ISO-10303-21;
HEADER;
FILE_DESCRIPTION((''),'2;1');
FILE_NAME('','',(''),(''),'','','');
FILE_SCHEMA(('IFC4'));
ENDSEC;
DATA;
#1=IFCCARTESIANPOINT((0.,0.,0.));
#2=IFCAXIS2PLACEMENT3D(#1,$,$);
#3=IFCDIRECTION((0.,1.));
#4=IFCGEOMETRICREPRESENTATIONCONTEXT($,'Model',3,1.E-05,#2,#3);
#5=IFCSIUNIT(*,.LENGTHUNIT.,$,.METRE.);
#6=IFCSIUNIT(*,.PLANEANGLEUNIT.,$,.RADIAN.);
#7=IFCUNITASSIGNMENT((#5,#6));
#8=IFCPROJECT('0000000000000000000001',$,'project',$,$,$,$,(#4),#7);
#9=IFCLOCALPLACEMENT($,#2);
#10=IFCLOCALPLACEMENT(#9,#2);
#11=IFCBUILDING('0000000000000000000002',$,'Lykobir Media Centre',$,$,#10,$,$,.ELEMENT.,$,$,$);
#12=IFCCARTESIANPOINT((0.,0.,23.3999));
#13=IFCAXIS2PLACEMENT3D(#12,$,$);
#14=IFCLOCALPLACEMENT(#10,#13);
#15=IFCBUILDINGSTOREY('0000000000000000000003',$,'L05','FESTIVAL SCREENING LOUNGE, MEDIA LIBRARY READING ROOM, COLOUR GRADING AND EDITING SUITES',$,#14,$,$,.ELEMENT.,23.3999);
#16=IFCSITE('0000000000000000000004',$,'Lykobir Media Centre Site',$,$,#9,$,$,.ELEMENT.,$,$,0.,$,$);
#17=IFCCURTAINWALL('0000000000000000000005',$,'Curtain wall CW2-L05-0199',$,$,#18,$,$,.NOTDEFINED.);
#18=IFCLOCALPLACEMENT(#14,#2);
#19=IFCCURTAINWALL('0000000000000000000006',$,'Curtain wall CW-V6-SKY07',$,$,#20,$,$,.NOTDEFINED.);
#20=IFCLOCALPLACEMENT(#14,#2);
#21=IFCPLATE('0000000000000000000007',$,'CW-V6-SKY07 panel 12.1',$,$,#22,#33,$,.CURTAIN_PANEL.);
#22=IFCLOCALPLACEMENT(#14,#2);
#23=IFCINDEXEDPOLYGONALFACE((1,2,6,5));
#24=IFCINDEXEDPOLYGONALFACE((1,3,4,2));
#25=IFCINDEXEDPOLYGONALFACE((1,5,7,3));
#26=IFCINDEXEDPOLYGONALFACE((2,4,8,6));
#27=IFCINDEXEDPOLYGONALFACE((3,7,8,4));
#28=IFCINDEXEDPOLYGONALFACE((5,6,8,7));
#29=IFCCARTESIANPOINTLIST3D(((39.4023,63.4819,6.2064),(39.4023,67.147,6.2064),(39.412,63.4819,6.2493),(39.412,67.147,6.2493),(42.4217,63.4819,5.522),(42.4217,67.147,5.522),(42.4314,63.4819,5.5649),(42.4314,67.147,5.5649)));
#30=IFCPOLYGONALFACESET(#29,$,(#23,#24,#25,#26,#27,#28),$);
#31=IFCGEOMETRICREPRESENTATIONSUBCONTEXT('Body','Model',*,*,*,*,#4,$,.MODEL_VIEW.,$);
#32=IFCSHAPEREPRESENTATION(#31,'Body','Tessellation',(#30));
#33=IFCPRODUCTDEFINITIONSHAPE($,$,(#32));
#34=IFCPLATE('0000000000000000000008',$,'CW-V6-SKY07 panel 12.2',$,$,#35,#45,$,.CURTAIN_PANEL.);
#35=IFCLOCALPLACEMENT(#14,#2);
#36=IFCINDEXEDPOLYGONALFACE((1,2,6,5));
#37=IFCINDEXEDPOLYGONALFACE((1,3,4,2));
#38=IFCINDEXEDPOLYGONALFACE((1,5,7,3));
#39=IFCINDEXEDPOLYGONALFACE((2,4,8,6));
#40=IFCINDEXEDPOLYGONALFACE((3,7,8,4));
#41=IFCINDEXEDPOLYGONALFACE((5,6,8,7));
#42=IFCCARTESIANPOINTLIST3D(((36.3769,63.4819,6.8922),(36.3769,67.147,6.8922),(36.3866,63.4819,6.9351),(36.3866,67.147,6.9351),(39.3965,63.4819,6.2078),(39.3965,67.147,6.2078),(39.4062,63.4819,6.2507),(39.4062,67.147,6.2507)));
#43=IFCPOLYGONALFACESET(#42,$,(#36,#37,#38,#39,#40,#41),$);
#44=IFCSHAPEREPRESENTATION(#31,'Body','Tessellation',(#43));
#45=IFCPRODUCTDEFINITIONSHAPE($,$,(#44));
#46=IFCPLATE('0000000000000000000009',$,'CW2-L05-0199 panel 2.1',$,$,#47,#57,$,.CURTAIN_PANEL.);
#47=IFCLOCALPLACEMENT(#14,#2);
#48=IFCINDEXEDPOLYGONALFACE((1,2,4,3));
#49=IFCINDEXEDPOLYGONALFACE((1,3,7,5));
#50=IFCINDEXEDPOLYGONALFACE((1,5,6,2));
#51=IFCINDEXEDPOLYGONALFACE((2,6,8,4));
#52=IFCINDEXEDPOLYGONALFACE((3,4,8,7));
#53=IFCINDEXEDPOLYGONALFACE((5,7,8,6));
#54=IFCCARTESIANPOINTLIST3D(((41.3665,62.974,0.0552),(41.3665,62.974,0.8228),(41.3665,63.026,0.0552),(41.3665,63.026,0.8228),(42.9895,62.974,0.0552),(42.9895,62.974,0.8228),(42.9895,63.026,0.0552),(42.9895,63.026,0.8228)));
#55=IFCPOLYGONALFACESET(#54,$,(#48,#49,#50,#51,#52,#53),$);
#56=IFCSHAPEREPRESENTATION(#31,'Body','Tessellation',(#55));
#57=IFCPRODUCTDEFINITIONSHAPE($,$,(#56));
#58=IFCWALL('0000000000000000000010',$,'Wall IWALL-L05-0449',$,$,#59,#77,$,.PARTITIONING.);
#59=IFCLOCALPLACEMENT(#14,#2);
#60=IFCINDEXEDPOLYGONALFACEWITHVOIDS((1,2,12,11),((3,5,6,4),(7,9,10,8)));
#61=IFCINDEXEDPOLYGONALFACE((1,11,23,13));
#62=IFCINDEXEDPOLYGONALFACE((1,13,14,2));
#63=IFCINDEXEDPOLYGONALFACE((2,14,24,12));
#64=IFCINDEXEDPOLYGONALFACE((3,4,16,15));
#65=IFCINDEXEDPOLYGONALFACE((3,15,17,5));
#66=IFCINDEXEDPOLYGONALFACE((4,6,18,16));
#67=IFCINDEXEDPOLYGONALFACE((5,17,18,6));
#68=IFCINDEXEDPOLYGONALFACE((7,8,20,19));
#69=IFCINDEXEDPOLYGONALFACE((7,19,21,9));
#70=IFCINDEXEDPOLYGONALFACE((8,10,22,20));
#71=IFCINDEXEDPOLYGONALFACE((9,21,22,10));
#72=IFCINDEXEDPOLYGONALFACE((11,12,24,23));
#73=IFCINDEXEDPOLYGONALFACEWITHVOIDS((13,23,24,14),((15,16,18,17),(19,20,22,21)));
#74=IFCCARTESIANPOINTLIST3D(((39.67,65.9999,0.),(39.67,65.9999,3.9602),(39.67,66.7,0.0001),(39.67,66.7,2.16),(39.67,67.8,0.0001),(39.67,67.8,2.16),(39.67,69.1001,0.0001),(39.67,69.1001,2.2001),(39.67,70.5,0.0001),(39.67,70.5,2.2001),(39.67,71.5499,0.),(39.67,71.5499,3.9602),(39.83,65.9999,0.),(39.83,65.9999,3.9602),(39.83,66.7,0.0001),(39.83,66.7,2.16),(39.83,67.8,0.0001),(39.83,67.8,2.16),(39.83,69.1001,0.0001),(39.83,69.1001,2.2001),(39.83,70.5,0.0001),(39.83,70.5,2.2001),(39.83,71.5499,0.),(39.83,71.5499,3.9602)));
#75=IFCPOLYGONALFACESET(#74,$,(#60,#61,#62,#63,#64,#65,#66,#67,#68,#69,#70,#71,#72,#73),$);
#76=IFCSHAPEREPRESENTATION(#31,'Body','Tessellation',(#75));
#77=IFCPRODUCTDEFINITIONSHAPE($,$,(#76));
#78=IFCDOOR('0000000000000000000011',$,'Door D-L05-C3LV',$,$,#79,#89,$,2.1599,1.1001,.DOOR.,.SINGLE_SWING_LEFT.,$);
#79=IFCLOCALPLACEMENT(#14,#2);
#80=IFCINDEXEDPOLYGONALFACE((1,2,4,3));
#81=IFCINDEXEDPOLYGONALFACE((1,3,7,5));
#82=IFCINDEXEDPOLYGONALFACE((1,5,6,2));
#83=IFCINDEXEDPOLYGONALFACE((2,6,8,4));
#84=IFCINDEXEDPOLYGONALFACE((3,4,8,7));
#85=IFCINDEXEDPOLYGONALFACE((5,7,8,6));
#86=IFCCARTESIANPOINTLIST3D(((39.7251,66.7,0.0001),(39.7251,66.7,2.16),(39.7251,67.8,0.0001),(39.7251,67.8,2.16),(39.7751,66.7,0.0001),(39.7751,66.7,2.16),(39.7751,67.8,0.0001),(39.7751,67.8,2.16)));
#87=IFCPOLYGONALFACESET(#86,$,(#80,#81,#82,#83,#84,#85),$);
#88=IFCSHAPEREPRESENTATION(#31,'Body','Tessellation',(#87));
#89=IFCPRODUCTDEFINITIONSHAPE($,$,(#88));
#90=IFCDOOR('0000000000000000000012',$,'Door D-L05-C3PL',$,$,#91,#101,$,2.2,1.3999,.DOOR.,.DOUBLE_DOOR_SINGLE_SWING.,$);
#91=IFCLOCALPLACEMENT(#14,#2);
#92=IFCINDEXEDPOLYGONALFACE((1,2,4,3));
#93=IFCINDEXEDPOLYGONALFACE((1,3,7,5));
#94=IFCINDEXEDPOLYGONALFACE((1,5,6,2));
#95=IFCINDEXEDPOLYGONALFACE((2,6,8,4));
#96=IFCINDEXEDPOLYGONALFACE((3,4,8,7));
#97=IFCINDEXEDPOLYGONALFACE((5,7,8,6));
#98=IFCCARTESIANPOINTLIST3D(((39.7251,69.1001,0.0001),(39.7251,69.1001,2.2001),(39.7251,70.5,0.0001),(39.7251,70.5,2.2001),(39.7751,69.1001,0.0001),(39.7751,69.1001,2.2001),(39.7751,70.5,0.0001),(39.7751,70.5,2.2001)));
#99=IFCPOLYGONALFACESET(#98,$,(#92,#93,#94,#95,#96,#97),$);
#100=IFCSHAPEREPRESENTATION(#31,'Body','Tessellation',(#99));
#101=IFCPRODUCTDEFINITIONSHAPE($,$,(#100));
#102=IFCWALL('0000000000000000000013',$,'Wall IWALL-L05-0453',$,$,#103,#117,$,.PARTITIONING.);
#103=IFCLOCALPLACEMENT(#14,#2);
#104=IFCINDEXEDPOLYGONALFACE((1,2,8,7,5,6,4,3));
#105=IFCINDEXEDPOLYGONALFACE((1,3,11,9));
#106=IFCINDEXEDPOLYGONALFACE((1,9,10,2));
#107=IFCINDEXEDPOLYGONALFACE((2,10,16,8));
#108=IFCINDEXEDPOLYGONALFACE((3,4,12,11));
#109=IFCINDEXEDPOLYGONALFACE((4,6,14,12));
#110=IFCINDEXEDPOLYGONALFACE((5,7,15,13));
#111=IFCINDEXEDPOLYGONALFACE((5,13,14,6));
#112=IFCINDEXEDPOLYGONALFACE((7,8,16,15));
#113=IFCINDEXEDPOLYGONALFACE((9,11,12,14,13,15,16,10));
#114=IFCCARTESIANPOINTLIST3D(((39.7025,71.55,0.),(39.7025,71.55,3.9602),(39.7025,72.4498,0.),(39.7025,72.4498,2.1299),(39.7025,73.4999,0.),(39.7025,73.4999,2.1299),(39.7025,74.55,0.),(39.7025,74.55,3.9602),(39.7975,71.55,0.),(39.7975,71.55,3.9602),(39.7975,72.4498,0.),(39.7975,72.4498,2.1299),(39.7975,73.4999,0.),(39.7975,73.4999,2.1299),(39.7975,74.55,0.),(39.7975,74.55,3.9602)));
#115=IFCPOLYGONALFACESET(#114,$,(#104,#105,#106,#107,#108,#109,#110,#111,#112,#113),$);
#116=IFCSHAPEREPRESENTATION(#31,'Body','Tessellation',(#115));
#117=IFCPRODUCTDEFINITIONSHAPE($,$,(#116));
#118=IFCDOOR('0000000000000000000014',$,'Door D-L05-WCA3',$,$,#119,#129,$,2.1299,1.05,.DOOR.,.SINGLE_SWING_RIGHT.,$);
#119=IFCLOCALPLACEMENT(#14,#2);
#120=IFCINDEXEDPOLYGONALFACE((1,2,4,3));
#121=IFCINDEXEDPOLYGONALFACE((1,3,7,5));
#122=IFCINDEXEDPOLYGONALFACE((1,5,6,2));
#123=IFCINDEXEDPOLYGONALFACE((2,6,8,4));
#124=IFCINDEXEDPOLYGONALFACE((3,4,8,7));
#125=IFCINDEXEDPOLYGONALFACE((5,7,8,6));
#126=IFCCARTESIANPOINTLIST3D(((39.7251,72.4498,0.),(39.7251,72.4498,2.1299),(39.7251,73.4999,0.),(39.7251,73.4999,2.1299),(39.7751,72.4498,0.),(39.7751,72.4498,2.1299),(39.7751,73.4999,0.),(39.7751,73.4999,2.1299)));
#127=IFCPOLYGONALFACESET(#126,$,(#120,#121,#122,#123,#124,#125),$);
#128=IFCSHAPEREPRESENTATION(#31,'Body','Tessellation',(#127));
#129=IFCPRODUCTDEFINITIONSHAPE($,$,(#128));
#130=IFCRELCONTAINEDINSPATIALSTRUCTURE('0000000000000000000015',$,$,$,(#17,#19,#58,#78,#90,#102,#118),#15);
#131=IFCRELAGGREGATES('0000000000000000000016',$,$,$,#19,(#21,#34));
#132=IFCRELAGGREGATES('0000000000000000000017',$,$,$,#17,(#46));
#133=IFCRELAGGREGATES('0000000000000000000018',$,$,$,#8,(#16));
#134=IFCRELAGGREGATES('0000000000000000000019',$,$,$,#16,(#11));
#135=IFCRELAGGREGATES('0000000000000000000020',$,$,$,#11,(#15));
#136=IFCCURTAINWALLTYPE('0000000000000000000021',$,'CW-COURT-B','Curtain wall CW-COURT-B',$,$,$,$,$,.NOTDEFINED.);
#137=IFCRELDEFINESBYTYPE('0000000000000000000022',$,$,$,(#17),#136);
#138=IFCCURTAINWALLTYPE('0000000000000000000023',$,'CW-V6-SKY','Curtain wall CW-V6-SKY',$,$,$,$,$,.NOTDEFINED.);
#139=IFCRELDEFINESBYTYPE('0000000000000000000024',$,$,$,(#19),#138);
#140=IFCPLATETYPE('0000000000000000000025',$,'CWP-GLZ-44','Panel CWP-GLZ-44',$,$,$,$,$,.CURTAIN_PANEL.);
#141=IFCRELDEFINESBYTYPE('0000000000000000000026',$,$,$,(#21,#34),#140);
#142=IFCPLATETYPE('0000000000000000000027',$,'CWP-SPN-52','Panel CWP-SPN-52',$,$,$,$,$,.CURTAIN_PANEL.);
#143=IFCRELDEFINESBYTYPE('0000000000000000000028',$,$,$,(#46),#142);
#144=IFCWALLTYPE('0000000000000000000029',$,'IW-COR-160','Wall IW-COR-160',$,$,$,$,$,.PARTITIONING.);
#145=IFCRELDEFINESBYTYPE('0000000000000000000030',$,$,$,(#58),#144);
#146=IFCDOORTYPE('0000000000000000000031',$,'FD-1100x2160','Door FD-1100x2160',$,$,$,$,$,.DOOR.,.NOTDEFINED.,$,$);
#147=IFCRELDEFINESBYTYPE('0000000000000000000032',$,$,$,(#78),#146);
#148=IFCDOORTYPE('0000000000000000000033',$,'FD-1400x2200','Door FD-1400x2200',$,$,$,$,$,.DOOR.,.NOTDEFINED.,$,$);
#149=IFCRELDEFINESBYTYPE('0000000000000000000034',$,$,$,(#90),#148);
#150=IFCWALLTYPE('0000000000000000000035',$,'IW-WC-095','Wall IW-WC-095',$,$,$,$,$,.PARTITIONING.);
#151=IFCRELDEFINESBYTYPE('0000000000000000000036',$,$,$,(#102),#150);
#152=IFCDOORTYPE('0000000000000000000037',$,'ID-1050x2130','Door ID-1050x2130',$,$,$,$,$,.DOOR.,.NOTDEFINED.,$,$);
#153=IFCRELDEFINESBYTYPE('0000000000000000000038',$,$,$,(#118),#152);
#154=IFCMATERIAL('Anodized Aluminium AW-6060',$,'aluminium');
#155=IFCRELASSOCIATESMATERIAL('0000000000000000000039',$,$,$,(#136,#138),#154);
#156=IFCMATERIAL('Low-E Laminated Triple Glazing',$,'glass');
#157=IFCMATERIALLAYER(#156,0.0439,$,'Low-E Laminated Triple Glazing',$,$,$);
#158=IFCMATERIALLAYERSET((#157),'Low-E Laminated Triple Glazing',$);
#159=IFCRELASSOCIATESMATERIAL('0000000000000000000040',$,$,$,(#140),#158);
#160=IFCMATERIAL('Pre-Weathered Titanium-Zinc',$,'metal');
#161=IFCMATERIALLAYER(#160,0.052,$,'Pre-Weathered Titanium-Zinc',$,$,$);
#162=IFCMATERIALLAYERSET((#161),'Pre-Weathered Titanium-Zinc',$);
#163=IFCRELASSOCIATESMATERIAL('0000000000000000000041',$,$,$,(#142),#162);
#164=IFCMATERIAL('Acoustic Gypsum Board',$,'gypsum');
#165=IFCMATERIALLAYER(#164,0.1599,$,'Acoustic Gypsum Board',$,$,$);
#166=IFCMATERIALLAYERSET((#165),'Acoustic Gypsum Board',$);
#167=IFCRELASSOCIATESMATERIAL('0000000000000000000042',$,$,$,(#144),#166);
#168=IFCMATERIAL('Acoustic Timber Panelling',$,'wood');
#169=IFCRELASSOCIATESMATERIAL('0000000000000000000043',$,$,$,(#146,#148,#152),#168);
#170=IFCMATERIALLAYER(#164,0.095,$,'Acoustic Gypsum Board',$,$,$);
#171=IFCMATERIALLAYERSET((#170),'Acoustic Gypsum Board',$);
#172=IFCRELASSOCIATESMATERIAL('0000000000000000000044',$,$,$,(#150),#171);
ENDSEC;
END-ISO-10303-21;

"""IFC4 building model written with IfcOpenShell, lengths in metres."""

from ifc_helpers import new_model, si_unit, direction, frame, frame_2d, origin, origin_2d, place, context, subcontext, project, spatial, rectangle, extrude, material, layer, layer_set, type_object, element, fill, aggregate, save


model = new_model("IFC4")

# Units and contexts
model_context = context("Model", 3, precision=1e-05, world=origin(), true_north=direction((0.0, 1.0)))
body_context = subcontext(model_context, "Body", "Model", "MODEL_VIEW")
ifc_project = project(units=[si_unit("LENGTHUNIT", "METRE"), si_unit("PLANEANGLEUNIT", "RADIAN")], contexts=[model_context])

# Site, building, storey
site_placement = place(None, origin())
site = spatial("IfcSite", under=ifc_project, at=site_placement, Name="Lykobir Media Centre Site", CompositionType="ELEMENT", RefElevation=0.0)
building_placement = place(site_placement, origin())
building = spatial("IfcBuilding", under=site, at=building_placement, Name="Lykobir Media Centre", CompositionType="ELEMENT")
storey_placement = place(building_placement, frame((0.0, 0.0, 23.3999)))
storey = spatial("IfcBuildingStorey", under=building, at=storey_placement, Name="L05", Description="FESTIVAL SCREENING LOUNGE, MEDIA LIBRARY READING ROOM, COLOUR GRADING AND EDITING SUITES", CompositionType="ELEMENT", Elevation=23.3999)

# Curtain walls
ifc_material_1 = material(Name="Anodized Aluminium AW-6060", Category="aluminium")
curtain_wall_type_1 = type_object("IfcCurtainWallType", Name="CW-COURT-B", Description="Curtain wall CW-COURT-B", PredefinedType="NOTDEFINED", material=ifc_material_1)
curtain_wall_1_placement = place(storey_placement, origin())
curtain_wall_1 = element("IfcCurtainWall", 1, at=curtain_wall_1_placement, inside=storey, type_object=curtain_wall_type_1, Name="Curtain wall CW2-L05-0199", PredefinedType="NOTDEFINED")
curtain_wall_type_2 = type_object("IfcCurtainWallType", Name="CW-V6-SKY", Description="Curtain wall CW-V6-SKY", PredefinedType="NOTDEFINED", material=ifc_material_1)
curtain_wall_2_placement = place(storey_placement, origin())
curtain_wall_2 = element("IfcCurtainWall", 2, at=curtain_wall_2_placement, inside=storey, type_object=curtain_wall_type_2, Name="Curtain wall CW-V6-SKY07", PredefinedType="NOTDEFINED")

# Plates
ifc_material_2 = material(Name="Low-E Laminated Triple Glazing", Category="glass")
ifc_layer_1 = layer(ifc_material_2, 0.0439, Name="Low-E Laminated Triple Glazing")
ifc_layer_set_1 = layer_set([ifc_layer_1], Name="Low-E Laminated Triple Glazing")
plate_type_1 = type_object("IfcPlateType", Name="CWP-GLZ-44", Description="Panel CWP-GLZ-44", PredefinedType="CURTAIN_PANEL", material=ifc_layer_set_1)
plate_1_placement = place(storey_placement, frame((42.4265, 65.3145, 5.5435), z_axis=(-0.975261, 0.0, 0.221055), x_axis=(0.0, -1.0, 0.0)))
plate_1 = element("IfcPlate", 3, at=plate_1_placement, type_object=plate_type_1, Name="CW-V6-SKY07 panel 12.1", PredefinedType="CURTAIN_PANEL", context=body_context, shape_type="SweptSolid", body=[
    extrude(rectangle(XDim=3.665, YDim=0.0439, at=origin_2d()), origin(), (0.0, 0.0, 1.0), 3.0959),
])
plate_2_placement = place(storey_placement, frame((39.4014, 65.3145, 6.2292), z_axis=(-0.975261, 0.0, 0.221055), x_axis=(0.0, -1.0, 0.0)))
plate_2 = element("IfcPlate", 4, at=plate_2_placement, type_object=plate_type_1, Name="CW-V6-SKY07 panel 12.2", PredefinedType="CURTAIN_PANEL", context=body_context, shape_type="SweptSolid", body=[
    extrude(rectangle(XDim=3.665, YDim=0.0439, at=origin_2d()), origin(), (0.0, 0.0, 1.0), 3.0962),
])
aggregate(curtain_wall_2, [plate_1, plate_2])
ifc_material_3 = material(Name="Pre-Weathered Titanium-Zinc", Category="metal")
ifc_layer_2 = layer(ifc_material_3, 0.052, Name="Pre-Weathered Titanium-Zinc")
ifc_layer_set_2 = layer_set([ifc_layer_2], Name="Pre-Weathered Titanium-Zinc")
plate_type_2 = type_object("IfcPlateType", Name="CWP-SPN-52", Description="Panel CWP-SPN-52", PredefinedType="CURTAIN_PANEL", material=ifc_layer_set_2)
plate_3_placement = place(storey_placement, frame((42.178, 63.0, 0.0552), z_axis=(0.0, 0.0, 1.0), x_axis=(-1.0, 0.0, 0.0)))
plate_3 = element("IfcPlate", 5, at=plate_3_placement, type_object=plate_type_2, Name="CW2-L05-0199 panel 2.1", PredefinedType="CURTAIN_PANEL", context=body_context, shape_type="SweptSolid", body=[
    extrude(rectangle(XDim=1.623, YDim=0.052, at=origin_2d()), origin(), (0.0, 0.0, 1.0), 0.7676),
])
aggregate(curtain_wall_1, [plate_3])

# Wall, openings, doors
ifc_material_4 = material(Name="Acoustic Gypsum Board", Category="gypsum")
ifc_layer_3 = layer(ifc_material_4, 0.1599, Name="Acoustic Gypsum Board")
ifc_layer_set_3 = layer_set([ifc_layer_3], Name="Acoustic Gypsum Board")
wall_type_1 = type_object("IfcWallType", Name="IW-COR-160", Description="Wall IW-COR-160", PredefinedType="PARTITIONING", material=ifc_layer_set_3)
wall_1_placement = place(storey_placement, frame((39.75, 66.0, 0.0), z_axis=(0.0, 0.0, 1.0), x_axis=(0.0, 1.0, 0.0)))
wall_1 = element("IfcWall", 6, at=wall_1_placement, inside=storey, type_object=wall_type_1, Name="Wall IWALL-L05-0449", PredefinedType="PARTITIONING", context=body_context, shape_type="SweptSolid", body=[
    extrude(rectangle(XDim=5.55, YDim=0.1599, at=frame_2d((2.7749, 0.0))), origin(), (0.0, 0.0, 1.0), 3.9602),
])
opening_1_placement = place(wall_1_placement, frame((0.7, 0.0, 0.0)))
opening_1 = element("IfcOpeningElement", 7, at=opening_1_placement, cuts=wall_1, PredefinedType="OPENING", context=body_context, shape_type="SweptSolid", body=[
    extrude(rectangle(XDim=1.1001, YDim=2.1599, at=frame_2d((0.55, 1.0801))), frame((0.0, 0.0898, 0.0), z_axis=(0.0, -1.0, 0.0), x_axis=(1.0, 0.0, 0.0)), (0.0, 0.0, 1.0), 0.1799),
])
opening_2_placement = place(wall_1_placement, frame((3.1001, 0.0, 0.0)))
opening_2 = element("IfcOpeningElement", 8, at=opening_2_placement, cuts=wall_1, PredefinedType="OPENING", context=body_context, shape_type="SweptSolid", body=[
    extrude(rectangle(XDim=1.3999, YDim=2.2, at=frame_2d((0.7, 1.1001))), frame((0.0, 0.0898, 0.0), z_axis=(0.0, -1.0, 0.0), x_axis=(1.0, 0.0, 0.0)), (0.0, 0.0, 1.0), 0.1799),
])
ifc_material_5 = material(Name="Acoustic Timber Panelling", Category="wood")
door_type_1 = type_object("IfcDoorType", Name="FD-1100x2160", Description="Door FD-1100x2160", OperationType="NOTDEFINED", PredefinedType="DOOR", material=ifc_material_5)
door_1_placement = place(opening_1_placement, origin())
door_1 = element("IfcDoor", 9, at=door_1_placement, inside=storey, type_object=door_type_1, Name="Door D-L05-C3LV", OperationType="SINGLE_SWING_LEFT", OverallHeight=2.1599, OverallWidth=1.1001, PredefinedType="DOOR", context=body_context, shape_type="SweptSolid", body=[
    extrude(rectangle(XDim=1.1001, YDim=2.1599, at=frame_2d((0.55, 1.0801))), frame((0.0, 0.0249, 0.0), z_axis=(0.0, -1.0, 0.0), x_axis=(1.0, 0.0, 0.0)), (0.0, 0.0, 1.0), 0.05),
])
fill(opening_1, door_1)
door_type_2 = type_object("IfcDoorType", Name="FD-1400x2200", Description="Door FD-1400x2200", OperationType="NOTDEFINED", PredefinedType="DOOR", material=ifc_material_5)
door_2_placement = place(opening_2_placement, origin())
door_2 = element("IfcDoor", 10, at=door_2_placement, inside=storey, type_object=door_type_2, Name="Door D-L05-C3PL", OperationType="DOUBLE_DOOR_SINGLE_SWING", OverallHeight=2.2, OverallWidth=1.3999, PredefinedType="DOOR", context=body_context, shape_type="SweptSolid", body=[
    extrude(rectangle(XDim=1.3999, YDim=2.2, at=frame_2d((0.7, 1.1001))), frame((0.0, 0.0249, 0.0), z_axis=(0.0, -1.0, 0.0), x_axis=(1.0, 0.0, 0.0)), (0.0, 0.0, 1.0), 0.05),
])
fill(opening_2, door_2)

# Wall, opening, door
ifc_layer_4 = layer(ifc_material_4, 0.095, Name="Acoustic Gypsum Board")
ifc_layer_set_4 = layer_set([ifc_layer_4], Name="Acoustic Gypsum Board")
wall_type_2 = type_object("IfcWallType", Name="IW-WC-095", Description="Wall IW-WC-095", PredefinedType="PARTITIONING", material=ifc_layer_set_4)
wall_2_placement = place(storey_placement, frame((39.75, 71.55, 0.0), z_axis=(0.0, 0.0, 1.0), x_axis=(0.0, 1.0, 0.0)))
wall_2 = element("IfcWall", 11, at=wall_2_placement, inside=storey, type_object=wall_type_2, Name="Wall IWALL-L05-0453", PredefinedType="PARTITIONING", context=body_context, shape_type="SweptSolid", body=[
    extrude(rectangle(XDim=3.0, YDim=0.095, at=frame_2d((1.5, 0.0))), origin(), (0.0, 0.0, 1.0), 3.9602),
])
opening_3_placement = place(wall_2_placement, frame((0.8999, 0.0, 0.0)))
opening_3 = element("IfcOpeningElement", 12, at=opening_3_placement, cuts=wall_2, PredefinedType="OPENING", context=body_context, shape_type="SweptSolid", body=[
    extrude(rectangle(XDim=1.05, YDim=2.1299, at=frame_2d((0.5249, 1.0649))), frame((0.0, 0.0574, 0.0), z_axis=(0.0, -1.0, 0.0), x_axis=(1.0, 0.0, 0.0)), (0.0, 0.0, 1.0), 0.115),
])
door_type_3 = type_object("IfcDoorType", Name="ID-1050x2130", Description="Door ID-1050x2130", OperationType="NOTDEFINED", PredefinedType="DOOR", material=ifc_material_5)
door_3_placement = place(opening_3_placement, origin())
door_3 = element("IfcDoor", 13, at=door_3_placement, inside=storey, type_object=door_type_3, Name="Door D-L05-WCA3", OperationType="SINGLE_SWING_RIGHT", OverallHeight=2.1299, OverallWidth=1.05, PredefinedType="DOOR", context=body_context, shape_type="SweptSolid", body=[
    extrude(rectangle(XDim=1.05, YDim=2.1299, at=frame_2d((0.5249, 1.0649))), frame((0.0, 0.0249, 0.0), z_axis=(0.0, -1.0, 0.0), x_axis=(1.0, 0.0, 0.0)), (0.0, 0.0, 1.0), 0.05),
])
fill(opening_3, door_3)

save(model, "model.ifc")
